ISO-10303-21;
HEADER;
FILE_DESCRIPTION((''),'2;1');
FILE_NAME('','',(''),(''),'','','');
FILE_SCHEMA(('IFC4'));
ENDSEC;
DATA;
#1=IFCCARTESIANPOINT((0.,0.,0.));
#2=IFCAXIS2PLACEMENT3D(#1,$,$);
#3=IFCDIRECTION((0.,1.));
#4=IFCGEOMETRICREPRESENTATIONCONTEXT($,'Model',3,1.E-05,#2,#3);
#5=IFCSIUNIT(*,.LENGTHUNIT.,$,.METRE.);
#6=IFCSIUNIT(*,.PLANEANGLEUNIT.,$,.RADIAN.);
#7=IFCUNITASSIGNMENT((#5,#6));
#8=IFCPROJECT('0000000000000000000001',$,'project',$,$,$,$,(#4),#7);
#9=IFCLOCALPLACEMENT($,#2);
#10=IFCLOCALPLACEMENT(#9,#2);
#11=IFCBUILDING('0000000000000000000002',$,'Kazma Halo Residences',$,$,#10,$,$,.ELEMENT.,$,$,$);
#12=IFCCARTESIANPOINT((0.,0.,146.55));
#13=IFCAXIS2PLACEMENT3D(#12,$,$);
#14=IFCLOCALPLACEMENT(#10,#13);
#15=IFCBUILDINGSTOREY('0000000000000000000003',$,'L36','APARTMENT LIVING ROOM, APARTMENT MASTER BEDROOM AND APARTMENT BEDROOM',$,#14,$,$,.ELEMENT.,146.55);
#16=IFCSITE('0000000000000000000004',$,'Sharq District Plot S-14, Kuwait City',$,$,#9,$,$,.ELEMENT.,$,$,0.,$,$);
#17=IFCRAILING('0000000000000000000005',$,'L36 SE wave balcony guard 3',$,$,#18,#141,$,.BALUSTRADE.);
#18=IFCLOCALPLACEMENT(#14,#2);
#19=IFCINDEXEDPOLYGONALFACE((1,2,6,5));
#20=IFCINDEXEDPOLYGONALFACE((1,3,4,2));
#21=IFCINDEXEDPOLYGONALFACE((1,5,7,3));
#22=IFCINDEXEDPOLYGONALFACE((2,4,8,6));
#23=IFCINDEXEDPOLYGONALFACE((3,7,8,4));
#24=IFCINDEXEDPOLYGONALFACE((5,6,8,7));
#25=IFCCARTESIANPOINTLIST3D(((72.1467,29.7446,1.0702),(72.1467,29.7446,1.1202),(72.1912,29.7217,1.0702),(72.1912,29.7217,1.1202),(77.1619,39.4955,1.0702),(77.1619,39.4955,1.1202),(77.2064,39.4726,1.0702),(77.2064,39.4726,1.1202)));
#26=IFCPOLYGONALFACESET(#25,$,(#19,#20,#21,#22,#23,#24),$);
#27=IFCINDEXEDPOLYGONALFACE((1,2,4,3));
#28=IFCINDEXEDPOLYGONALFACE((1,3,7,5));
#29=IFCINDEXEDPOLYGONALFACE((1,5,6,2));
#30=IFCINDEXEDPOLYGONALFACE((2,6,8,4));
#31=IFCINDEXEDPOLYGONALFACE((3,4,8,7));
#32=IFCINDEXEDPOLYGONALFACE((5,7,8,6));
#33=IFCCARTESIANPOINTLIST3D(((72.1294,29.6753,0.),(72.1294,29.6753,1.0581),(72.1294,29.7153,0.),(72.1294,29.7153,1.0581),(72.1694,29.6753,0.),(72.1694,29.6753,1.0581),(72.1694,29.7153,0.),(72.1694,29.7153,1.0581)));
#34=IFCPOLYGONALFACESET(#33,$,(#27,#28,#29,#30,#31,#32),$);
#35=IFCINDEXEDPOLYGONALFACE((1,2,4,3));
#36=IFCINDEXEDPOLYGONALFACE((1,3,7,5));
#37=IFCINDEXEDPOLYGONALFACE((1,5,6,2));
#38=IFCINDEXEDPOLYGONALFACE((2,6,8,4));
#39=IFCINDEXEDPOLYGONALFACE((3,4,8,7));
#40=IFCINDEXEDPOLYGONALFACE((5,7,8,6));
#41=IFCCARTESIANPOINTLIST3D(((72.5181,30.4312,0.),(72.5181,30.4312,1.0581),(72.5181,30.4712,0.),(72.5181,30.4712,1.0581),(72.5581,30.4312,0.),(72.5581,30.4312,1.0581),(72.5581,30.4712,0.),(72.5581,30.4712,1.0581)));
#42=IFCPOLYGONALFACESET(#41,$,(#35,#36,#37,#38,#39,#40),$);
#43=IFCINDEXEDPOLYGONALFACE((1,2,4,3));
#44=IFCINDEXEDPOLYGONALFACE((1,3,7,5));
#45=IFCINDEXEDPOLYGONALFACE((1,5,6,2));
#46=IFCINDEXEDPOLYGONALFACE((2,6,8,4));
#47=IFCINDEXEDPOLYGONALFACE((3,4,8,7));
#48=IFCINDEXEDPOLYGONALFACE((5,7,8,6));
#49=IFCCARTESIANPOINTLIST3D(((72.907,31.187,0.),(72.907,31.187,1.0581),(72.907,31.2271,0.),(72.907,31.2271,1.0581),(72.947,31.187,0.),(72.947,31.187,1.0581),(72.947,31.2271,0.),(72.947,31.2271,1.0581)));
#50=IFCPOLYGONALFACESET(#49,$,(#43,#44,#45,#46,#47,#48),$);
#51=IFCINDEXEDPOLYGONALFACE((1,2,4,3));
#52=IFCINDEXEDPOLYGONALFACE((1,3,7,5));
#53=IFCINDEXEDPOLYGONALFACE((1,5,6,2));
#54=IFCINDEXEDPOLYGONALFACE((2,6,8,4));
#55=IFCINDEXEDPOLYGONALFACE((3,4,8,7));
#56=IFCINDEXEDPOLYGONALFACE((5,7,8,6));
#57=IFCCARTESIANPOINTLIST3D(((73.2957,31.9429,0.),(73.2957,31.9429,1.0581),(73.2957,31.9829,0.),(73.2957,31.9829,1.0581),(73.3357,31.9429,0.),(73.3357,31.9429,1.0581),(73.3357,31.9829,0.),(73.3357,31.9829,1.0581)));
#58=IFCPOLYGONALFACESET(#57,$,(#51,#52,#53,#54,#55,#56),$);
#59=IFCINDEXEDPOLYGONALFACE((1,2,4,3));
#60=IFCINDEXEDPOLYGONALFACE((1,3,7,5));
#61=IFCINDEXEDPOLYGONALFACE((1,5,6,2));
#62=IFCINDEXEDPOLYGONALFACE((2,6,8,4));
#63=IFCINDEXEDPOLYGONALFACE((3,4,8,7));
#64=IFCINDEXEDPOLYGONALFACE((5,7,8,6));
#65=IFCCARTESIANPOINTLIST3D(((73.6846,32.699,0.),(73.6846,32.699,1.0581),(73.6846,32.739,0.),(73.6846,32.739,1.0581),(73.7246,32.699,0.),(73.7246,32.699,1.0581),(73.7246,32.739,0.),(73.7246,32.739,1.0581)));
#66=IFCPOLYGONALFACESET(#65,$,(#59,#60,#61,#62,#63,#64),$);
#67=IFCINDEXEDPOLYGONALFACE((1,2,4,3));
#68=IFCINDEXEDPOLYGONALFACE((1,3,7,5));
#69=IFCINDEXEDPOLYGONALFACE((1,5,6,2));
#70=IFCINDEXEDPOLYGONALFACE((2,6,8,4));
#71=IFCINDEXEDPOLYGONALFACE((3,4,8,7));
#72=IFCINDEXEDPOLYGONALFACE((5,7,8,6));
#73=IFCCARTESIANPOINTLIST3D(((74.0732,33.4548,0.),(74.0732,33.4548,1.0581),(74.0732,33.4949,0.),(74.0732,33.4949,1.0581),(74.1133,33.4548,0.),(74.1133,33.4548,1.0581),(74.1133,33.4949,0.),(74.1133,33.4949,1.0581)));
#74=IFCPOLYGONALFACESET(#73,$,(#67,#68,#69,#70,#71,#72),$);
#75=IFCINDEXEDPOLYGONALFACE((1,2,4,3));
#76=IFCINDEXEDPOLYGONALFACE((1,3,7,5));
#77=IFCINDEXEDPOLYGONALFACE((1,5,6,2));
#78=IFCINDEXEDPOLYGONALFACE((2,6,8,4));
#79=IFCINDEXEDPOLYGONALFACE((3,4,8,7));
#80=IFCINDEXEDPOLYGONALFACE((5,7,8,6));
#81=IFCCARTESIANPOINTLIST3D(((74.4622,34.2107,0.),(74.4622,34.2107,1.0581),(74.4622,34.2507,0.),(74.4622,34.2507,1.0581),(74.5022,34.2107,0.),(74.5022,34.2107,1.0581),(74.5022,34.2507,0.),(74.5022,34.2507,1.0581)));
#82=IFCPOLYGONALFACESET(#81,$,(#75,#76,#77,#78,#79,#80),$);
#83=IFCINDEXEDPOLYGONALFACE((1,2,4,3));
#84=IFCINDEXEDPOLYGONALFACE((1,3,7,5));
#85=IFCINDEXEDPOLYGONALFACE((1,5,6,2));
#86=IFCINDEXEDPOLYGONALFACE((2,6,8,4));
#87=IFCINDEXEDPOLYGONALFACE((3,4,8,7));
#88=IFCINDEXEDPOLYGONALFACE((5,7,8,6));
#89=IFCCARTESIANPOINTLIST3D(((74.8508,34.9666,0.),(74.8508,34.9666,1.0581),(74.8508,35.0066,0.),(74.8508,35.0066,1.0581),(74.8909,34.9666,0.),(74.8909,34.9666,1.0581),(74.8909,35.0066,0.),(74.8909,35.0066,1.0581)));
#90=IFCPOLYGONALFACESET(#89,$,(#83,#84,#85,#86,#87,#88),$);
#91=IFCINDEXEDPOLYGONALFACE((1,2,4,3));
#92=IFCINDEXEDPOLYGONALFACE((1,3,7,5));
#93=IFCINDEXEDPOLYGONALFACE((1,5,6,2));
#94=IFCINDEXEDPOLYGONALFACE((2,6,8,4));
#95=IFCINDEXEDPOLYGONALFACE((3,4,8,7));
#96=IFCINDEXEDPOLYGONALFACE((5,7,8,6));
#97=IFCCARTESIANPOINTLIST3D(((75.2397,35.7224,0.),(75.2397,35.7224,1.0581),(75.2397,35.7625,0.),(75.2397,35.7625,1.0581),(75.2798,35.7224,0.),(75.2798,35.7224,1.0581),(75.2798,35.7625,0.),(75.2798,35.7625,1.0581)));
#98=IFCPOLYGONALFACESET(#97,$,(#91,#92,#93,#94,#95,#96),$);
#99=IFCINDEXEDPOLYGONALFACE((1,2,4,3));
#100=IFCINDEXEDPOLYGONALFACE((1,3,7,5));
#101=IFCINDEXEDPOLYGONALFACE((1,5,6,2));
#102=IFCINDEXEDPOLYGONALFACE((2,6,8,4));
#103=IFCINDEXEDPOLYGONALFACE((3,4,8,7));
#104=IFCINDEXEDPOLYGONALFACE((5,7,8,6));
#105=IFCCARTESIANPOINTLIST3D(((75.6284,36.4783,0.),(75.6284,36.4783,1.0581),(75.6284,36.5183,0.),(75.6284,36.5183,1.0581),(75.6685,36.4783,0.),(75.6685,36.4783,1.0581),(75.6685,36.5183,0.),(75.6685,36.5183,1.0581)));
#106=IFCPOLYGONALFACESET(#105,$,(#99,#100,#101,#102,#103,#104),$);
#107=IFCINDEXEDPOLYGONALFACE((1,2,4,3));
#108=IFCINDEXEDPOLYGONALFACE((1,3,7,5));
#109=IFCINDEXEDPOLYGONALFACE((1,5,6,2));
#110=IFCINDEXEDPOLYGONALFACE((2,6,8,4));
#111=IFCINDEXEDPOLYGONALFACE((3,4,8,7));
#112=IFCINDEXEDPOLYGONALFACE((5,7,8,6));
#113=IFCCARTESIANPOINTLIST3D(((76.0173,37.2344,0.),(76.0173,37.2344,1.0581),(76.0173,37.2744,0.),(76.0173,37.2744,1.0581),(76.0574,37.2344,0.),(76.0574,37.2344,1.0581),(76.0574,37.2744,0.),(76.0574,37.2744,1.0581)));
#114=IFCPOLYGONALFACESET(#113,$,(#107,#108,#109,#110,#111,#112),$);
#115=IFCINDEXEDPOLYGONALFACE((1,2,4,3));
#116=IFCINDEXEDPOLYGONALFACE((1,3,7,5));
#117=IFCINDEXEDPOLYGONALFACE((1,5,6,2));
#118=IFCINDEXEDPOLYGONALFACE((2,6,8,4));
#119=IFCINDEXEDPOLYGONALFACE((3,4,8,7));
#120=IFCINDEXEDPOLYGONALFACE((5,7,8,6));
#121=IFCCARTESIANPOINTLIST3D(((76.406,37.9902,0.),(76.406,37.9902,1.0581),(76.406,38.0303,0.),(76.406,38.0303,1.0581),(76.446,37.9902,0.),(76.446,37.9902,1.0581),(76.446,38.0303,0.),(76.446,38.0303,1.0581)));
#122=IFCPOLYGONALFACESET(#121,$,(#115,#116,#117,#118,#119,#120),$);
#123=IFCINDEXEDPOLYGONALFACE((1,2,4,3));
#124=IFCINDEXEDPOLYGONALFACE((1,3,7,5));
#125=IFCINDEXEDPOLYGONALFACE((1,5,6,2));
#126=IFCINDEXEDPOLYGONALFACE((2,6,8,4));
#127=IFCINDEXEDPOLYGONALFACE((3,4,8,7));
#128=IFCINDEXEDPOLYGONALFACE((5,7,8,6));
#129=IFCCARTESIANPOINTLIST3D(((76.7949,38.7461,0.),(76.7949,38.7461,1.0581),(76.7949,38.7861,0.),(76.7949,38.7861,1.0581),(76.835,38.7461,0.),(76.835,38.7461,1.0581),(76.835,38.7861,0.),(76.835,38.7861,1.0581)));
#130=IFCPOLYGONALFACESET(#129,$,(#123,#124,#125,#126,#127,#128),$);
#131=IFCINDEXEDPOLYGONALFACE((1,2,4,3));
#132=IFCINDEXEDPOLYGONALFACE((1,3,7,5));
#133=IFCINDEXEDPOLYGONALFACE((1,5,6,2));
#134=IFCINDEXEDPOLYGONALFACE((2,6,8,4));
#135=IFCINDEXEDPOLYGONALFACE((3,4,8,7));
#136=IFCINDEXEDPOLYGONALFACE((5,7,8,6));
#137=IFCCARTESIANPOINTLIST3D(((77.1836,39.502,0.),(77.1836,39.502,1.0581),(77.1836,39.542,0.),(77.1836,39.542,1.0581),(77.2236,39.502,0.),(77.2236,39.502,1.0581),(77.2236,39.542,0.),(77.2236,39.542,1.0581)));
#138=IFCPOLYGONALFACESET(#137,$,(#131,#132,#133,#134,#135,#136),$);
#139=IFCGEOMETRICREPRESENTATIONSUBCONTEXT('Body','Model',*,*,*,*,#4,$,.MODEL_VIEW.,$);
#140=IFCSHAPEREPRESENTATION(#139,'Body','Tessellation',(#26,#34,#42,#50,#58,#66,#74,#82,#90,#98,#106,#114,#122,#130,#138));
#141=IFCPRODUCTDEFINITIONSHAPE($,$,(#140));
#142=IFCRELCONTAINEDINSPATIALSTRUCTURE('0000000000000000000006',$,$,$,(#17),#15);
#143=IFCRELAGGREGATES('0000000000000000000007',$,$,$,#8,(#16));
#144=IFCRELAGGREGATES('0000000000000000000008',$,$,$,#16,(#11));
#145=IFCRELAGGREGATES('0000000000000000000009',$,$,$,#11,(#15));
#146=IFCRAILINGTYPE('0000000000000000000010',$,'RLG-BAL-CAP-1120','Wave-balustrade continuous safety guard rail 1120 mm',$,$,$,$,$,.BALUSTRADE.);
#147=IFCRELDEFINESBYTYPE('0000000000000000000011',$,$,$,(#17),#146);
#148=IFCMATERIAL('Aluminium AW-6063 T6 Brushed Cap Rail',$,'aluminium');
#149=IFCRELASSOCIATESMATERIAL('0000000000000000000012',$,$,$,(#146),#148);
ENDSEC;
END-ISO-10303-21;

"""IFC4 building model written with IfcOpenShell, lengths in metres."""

from ifc_helpers import new_model, si_unit, direction, frame, origin, origin_2d, place, context, subcontext, project, spatial, rectangle, extrude, material, type_object, element, save


model = new_model("IFC4")

# Units and contexts
model_context = context("Model", 3, precision=1e-05, world=origin(), true_north=direction((0.0, 1.0)))
body_context = subcontext(model_context, "Body", "Model", "MODEL_VIEW")
ifc_project = project(units=[si_unit("LENGTHUNIT", "METRE"), si_unit("PLANEANGLEUNIT", "RADIAN")], contexts=[model_context])

# Site, building, storey
site_placement = place(None, origin())
site = spatial("IfcSite", under=ifc_project, at=site_placement, Name="Sharq District Plot S-14, Kuwait City", CompositionType="ELEMENT", RefElevation=0.0)
building_placement = place(site_placement, origin())
building = spatial("IfcBuilding", under=site, at=building_placement, Name="Kazma Halo Residences", CompositionType="ELEMENT")
storey_placement = place(building_placement, frame((0.0, 0.0, 146.55)))
storey = spatial("IfcBuildingStorey", under=building, at=storey_placement, Name="L36", Description="APARTMENT LIVING ROOM, APARTMENT MASTER BEDROOM AND APARTMENT BEDROOM", CompositionType="ELEMENT", Elevation=146.55)

# Railing
ifc_material_1 = material(Name="Aluminium AW-6063 T6 Brushed Cap Rail", Category="aluminium")
railing_type = type_object("IfcRailingType", Name="RLG-BAL-CAP-1120", Description="Wave-balustrade continuous safety guard rail 1120 mm", PredefinedType="BALUSTRADE", material=ifc_material_1)
railing_1_placement = place(storey_placement, frame((72.1494, 29.6953, 0.0)))
element("IfcRailing", 1, at=railing_1_placement, inside=storey, type_object=railing_type, Name="L36 SE wave balcony guard 3", PredefinedType="BALUSTRADE", context=body_context, shape_type="SweptSolid", body=[
    extrude(rectangle(XDim=0.05, YDim=0.05, at=origin_2d()), frame((0.0195, 0.0378, 1.0952), z_axis=(0.457383, 0.88927, 0.0), x_axis=(-0.88927, 0.457383, 0.0)), (0.0, 0.0, 1.0), 10.9651),
    extrude(rectangle(XDim=0.04, YDim=0.04, at=origin_2d()), origin(), (0.0, 0.0, 1.0), 1.0581),
    extrude(rectangle(XDim=0.04, YDim=0.04, at=origin_2d()), frame((0.3887, 0.7559, 0.0)), (0.0, 0.0, 1.0), 1.0581),
    extrude(rectangle(XDim=0.04, YDim=0.04, at=origin_2d()), frame((0.7776, 1.5117, 0.0)), (0.0, 0.0, 1.0), 1.0581),
    extrude(rectangle(XDim=0.04, YDim=0.04, at=origin_2d()), frame((1.1663, 2.2676, 0.0)), (0.0, 0.0, 1.0), 1.0581),
    extrude(rectangle(XDim=0.04, YDim=0.04, at=origin_2d()), frame((1.5552, 3.0237, 0.0)), (0.0, 0.0, 1.0), 1.0581),
    extrude(rectangle(XDim=0.04, YDim=0.04, at=origin_2d()), frame((1.9438, 3.7795, 0.0)), (0.0, 0.0, 1.0), 1.0581),
    extrude(rectangle(XDim=0.04, YDim=0.04, at=origin_2d()), frame((2.3328, 4.5354, 0.0)), (0.0, 0.0, 1.0), 1.0581),
    extrude(rectangle(XDim=0.04, YDim=0.04, at=origin_2d()), frame((2.7214, 5.2913, 0.0)), (0.0, 0.0, 1.0), 1.0581),
    extrude(rectangle(XDim=0.04, YDim=0.04, at=origin_2d()), frame((3.1104, 6.0471, 0.0)), (0.0, 0.0, 1.0), 1.0581),
    extrude(rectangle(XDim=0.04, YDim=0.04, at=origin_2d()), frame((3.499, 6.803, 0.0)), (0.0, 0.0, 1.0), 1.0581),
    extrude(rectangle(XDim=0.04, YDim=0.04, at=origin_2d()), frame((3.8879, 7.5591, 0.0)), (0.0, 0.0, 1.0), 1.0581),
    extrude(rectangle(XDim=0.04, YDim=0.04, at=origin_2d()), frame((4.2766, 8.3149, 0.0)), (0.0, 0.0, 1.0), 1.0581),
    extrude(rectangle(XDim=0.04, YDim=0.04, at=origin_2d()), frame((4.6655, 9.0708, 0.0)), (0.0, 0.0, 1.0), 1.0581),
    extrude(rectangle(XDim=0.04, YDim=0.04, at=origin_2d()), frame((5.0542, 9.8267, 0.0)), (0.0, 0.0, 1.0), 1.0581),
])

save(model, "model.ifc")
